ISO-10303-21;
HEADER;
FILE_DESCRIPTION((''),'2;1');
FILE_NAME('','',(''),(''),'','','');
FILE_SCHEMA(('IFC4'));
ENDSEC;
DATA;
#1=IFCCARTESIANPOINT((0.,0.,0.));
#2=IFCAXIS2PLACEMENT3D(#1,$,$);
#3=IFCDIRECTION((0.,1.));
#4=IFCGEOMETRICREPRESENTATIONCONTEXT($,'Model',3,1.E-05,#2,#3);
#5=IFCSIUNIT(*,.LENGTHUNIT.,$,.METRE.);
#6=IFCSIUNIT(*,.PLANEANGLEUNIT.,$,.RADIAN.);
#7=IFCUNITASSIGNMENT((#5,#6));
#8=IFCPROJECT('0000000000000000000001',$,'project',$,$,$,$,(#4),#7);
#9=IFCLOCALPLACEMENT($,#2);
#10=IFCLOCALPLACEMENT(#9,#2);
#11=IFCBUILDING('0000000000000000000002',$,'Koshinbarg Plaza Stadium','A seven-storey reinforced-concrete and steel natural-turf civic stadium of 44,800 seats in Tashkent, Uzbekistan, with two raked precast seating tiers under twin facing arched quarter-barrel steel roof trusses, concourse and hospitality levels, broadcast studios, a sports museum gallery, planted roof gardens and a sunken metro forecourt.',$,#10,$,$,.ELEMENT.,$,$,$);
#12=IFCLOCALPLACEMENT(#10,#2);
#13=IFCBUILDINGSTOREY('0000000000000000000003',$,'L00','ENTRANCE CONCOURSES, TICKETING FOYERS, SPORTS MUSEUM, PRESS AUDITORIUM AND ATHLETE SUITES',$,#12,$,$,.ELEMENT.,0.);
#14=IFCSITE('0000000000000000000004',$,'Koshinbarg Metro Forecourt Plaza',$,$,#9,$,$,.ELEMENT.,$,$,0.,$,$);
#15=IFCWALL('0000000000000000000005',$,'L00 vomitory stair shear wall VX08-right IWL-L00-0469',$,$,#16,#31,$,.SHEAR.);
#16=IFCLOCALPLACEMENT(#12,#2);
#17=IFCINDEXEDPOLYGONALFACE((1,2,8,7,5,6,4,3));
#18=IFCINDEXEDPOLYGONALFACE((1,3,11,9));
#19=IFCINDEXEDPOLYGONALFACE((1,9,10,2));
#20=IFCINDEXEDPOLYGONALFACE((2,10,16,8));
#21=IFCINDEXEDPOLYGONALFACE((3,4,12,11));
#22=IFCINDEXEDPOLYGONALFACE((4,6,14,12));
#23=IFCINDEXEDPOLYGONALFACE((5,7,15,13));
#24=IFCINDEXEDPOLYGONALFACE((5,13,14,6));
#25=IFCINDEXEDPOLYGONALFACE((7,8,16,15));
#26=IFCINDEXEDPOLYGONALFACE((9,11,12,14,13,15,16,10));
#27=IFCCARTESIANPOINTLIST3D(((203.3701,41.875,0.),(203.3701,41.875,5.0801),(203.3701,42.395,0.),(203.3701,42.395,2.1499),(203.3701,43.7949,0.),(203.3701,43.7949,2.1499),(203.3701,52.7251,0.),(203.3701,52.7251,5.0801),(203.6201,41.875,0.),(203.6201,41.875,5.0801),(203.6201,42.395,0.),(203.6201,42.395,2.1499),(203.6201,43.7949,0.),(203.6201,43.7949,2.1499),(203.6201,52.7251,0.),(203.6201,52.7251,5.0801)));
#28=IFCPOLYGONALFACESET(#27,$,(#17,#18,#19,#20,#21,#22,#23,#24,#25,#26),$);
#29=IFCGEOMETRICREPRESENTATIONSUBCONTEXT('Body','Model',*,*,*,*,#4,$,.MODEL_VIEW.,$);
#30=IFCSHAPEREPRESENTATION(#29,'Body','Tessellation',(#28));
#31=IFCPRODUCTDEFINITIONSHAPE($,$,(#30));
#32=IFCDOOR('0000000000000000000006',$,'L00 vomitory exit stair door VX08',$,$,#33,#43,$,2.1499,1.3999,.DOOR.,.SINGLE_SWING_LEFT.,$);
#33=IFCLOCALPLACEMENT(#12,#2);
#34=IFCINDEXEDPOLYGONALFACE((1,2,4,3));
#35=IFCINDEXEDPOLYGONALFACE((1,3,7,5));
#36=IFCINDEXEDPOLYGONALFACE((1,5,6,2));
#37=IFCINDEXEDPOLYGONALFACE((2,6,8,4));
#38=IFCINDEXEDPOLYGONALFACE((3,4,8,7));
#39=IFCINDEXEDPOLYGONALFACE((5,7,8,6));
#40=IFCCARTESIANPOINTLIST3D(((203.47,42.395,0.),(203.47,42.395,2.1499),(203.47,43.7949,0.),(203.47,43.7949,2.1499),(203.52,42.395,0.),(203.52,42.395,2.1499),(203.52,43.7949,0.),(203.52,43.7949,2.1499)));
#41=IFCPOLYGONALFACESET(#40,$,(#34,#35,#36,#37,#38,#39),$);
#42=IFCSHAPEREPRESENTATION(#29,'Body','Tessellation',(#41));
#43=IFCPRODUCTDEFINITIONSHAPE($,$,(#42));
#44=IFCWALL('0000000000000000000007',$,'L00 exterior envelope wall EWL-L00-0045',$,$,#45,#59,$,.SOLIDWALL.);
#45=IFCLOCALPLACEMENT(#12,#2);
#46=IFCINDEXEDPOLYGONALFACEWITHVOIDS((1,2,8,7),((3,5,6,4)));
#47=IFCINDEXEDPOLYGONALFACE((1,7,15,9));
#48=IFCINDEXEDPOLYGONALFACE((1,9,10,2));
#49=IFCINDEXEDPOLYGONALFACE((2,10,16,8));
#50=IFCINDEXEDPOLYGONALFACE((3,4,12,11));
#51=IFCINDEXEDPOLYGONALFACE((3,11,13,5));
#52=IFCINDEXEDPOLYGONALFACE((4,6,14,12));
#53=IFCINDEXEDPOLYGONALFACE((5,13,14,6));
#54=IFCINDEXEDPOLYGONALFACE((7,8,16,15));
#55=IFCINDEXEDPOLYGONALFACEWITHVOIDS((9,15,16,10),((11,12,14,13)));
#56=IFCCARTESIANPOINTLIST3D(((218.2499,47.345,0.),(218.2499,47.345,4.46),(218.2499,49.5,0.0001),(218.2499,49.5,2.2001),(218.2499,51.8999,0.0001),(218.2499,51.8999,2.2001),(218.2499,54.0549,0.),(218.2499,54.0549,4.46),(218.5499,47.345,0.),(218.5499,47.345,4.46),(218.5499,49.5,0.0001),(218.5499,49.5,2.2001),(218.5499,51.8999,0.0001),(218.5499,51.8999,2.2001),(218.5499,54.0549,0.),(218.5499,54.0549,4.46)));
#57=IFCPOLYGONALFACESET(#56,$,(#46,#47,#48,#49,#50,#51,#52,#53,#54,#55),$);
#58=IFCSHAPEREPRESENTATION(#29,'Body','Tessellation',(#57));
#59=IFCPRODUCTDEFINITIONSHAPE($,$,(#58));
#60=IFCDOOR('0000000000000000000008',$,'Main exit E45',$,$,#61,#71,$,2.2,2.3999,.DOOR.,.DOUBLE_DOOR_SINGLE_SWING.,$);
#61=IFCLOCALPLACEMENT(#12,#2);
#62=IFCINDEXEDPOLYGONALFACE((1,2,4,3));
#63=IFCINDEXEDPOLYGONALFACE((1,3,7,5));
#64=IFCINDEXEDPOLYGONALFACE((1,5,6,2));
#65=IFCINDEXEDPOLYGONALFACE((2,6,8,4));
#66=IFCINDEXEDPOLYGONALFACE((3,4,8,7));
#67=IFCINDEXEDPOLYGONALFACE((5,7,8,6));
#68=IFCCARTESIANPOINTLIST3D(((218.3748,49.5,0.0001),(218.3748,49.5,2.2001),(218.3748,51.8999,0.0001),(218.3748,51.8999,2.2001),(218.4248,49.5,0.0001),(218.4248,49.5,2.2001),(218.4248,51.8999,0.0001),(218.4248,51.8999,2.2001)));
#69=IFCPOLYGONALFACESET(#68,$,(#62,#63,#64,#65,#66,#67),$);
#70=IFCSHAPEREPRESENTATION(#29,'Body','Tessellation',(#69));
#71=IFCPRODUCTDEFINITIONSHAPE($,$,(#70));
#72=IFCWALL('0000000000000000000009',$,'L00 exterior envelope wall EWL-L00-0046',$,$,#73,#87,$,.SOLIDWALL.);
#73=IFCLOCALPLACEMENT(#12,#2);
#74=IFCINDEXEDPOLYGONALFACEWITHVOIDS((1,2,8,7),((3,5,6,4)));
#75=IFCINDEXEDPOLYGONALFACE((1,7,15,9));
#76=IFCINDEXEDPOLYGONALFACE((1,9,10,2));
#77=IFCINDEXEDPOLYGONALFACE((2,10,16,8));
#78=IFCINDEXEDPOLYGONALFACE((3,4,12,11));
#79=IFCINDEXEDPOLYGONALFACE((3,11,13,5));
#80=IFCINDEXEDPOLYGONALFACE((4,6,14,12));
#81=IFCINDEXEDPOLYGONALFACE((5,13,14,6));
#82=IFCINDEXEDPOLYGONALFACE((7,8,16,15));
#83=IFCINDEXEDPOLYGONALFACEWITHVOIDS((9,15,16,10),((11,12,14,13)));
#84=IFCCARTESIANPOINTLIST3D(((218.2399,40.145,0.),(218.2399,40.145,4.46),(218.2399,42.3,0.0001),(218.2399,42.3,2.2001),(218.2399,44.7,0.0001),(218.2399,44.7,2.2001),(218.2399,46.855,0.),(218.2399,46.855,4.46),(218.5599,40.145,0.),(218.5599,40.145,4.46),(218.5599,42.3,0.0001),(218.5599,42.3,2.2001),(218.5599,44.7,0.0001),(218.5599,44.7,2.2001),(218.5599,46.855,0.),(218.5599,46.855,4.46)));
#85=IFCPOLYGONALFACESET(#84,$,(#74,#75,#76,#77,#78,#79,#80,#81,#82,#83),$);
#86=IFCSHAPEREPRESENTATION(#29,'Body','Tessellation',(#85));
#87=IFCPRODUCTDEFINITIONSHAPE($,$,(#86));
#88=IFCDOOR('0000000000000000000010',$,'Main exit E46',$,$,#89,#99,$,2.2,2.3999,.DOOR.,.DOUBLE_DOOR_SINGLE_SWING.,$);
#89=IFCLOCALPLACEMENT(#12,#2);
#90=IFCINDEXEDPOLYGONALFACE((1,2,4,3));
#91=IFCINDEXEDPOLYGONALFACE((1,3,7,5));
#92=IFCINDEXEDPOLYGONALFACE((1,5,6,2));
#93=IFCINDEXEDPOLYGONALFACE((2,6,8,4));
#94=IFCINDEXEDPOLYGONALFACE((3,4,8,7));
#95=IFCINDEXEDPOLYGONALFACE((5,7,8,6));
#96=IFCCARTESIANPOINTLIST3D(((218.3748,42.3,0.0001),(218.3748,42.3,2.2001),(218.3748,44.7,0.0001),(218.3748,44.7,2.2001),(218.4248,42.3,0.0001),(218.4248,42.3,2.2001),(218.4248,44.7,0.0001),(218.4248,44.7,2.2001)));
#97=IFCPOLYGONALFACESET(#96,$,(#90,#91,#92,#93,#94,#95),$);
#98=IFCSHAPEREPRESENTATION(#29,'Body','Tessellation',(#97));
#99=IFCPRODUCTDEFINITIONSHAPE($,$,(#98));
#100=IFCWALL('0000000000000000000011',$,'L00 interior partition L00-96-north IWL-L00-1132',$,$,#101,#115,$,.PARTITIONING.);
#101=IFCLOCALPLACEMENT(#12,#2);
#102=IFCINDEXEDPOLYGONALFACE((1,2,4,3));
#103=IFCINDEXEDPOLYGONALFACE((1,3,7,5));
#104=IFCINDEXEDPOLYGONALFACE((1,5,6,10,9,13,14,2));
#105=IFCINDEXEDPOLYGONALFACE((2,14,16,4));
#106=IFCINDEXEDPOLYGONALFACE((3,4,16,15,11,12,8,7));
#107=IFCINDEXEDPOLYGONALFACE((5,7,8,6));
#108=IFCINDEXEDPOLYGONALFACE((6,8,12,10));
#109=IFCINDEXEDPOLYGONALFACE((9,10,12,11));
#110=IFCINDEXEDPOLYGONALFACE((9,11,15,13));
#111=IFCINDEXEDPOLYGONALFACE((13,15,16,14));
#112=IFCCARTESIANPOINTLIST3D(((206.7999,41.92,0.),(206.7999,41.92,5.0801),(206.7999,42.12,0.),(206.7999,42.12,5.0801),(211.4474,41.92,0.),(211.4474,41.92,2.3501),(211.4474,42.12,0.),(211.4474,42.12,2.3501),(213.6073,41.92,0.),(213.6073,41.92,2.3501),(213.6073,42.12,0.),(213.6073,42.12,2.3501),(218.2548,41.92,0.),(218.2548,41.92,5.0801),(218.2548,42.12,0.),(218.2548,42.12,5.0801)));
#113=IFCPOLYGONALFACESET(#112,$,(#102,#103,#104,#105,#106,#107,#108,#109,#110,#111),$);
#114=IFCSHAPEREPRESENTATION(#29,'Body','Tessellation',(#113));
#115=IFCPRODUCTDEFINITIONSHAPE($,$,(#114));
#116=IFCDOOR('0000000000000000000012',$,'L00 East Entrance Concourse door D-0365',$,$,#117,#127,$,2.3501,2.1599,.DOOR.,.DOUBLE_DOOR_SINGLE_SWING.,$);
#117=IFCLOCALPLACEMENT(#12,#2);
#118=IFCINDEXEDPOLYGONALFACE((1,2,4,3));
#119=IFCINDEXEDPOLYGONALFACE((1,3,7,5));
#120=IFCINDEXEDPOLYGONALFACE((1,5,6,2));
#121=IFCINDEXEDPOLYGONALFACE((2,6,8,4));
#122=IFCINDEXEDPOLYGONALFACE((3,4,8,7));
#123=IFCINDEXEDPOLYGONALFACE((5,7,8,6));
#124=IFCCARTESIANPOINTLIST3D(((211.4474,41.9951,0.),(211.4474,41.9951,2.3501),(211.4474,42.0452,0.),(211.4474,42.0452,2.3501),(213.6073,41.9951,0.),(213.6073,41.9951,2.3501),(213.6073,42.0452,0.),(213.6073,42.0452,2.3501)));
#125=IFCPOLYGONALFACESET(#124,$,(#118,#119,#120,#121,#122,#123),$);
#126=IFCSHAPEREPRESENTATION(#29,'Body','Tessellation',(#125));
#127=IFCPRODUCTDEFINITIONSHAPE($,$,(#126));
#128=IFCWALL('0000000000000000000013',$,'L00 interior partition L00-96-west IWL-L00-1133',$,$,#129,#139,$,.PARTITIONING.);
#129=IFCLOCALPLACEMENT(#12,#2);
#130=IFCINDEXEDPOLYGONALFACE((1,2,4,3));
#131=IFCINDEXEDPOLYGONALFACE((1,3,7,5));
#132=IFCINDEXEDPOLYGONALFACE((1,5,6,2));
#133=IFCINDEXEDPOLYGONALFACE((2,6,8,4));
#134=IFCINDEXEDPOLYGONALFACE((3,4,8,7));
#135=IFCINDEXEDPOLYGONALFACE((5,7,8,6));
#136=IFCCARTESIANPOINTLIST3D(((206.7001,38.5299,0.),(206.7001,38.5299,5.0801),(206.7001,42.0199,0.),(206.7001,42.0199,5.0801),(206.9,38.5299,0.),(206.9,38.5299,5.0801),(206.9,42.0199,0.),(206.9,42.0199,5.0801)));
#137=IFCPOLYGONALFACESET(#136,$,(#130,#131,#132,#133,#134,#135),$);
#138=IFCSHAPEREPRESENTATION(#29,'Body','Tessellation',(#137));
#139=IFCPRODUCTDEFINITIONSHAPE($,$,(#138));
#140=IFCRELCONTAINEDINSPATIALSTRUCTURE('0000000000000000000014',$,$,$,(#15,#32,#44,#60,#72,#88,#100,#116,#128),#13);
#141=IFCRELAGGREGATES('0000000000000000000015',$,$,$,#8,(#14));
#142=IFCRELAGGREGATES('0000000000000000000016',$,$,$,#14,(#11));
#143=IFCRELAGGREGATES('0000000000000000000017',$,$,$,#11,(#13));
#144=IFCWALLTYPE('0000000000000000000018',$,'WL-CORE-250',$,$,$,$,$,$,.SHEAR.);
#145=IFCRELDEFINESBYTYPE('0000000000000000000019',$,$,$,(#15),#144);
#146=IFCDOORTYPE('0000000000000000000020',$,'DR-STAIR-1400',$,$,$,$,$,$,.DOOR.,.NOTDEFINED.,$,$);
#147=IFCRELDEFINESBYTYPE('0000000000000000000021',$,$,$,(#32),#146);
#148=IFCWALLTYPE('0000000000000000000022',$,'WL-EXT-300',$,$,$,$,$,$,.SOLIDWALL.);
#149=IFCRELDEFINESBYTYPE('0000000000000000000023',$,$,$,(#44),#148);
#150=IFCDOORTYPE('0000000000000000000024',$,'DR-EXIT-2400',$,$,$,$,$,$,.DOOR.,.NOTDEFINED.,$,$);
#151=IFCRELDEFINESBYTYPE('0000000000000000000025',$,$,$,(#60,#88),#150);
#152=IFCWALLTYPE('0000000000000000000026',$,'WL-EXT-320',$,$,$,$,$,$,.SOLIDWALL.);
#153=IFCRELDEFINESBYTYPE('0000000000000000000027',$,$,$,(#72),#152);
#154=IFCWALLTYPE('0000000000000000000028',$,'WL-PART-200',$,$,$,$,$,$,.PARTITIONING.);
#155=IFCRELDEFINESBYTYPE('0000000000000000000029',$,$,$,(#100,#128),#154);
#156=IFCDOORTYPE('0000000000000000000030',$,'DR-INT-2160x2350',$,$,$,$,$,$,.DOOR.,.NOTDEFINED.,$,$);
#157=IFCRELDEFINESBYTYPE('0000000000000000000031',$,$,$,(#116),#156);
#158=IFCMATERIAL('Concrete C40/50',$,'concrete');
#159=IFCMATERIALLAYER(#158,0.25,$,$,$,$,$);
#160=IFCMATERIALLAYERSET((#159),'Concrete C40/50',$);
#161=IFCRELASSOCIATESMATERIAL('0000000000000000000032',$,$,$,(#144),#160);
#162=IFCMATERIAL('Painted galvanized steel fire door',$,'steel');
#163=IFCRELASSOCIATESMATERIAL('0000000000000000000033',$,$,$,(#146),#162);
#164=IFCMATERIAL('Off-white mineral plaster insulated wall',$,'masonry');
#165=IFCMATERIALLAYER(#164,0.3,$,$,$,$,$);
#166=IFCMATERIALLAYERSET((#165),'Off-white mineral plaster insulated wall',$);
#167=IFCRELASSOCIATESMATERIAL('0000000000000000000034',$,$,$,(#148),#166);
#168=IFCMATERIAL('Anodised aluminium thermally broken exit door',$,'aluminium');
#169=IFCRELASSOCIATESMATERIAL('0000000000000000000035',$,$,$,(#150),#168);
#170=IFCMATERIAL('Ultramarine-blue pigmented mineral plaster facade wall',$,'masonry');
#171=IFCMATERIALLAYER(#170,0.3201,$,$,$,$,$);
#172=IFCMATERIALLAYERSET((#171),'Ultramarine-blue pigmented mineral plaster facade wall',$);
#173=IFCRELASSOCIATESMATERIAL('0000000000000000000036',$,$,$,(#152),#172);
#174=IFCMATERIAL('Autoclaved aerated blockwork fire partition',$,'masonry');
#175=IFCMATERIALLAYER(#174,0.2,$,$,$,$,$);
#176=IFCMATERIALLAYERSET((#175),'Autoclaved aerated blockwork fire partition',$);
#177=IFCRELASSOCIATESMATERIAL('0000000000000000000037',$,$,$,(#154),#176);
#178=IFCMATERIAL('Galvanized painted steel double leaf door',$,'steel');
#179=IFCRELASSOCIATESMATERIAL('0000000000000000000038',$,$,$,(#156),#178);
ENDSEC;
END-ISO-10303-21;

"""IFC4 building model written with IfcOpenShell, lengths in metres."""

from ifc_helpers import new_model, si_unit, direction, frame, frame_2d, origin, place, context, subcontext, project, spatial, rectangle, extrude, material, layer, layer_set, type_object, element, fill, save


model = new_model("IFC4")

# Units and contexts
model_context = context("Model", 3, precision=1e-05, world=origin(), true_north=direction((0.0, 1.0)))
body_context = subcontext(model_context, "Body", "Model", "MODEL_VIEW")
ifc_project = project(units=[si_unit("LENGTHUNIT", "METRE"), si_unit("PLANEANGLEUNIT", "RADIAN")], contexts=[model_context])

# Site, building, storey
site_placement = place(None, origin())
site = spatial("IfcSite", under=ifc_project, at=site_placement, Name="Koshinbarg Metro Forecourt Plaza", CompositionType="ELEMENT", RefElevation=0.0)
building_placement = place(site_placement, origin())
building = spatial("IfcBuilding", under=site, at=building_placement, Name="Koshinbarg Plaza Stadium", Description="A seven-storey reinforced-concrete and steel natural-turf civic stadium of 44,800 seats in Tashkent, Uzbekistan, with two raked precast seating tiers under twin facing arched quarter-barrel steel roof trusses, concourse and hospitality levels, broadcast studios, a sports museum gallery, planted roof gardens and a sunken metro forecourt.", CompositionType="ELEMENT")
storey_placement = place(building_placement, origin())
storey = spatial("IfcBuildingStorey", under=building, at=storey_placement, Name="L00", Description="ENTRANCE CONCOURSES, TICKETING FOYERS, SPORTS MUSEUM, PRESS AUDITORIUM AND ATHLETE SUITES", CompositionType="ELEMENT", Elevation=0.0)

# Shared definitions
ifc_material_1 = material(Name="Concrete C40/50", Category="concrete")

# Shared definitions
ifc_layer_1 = layer(ifc_material_1, 0.25)
ifc_layer_set_1 = layer_set([ifc_layer_1], Name="Concrete C40/50")
wall_type_1 = type_object("IfcWallType", Name="WL-CORE-250", PredefinedType="SHEAR", material=ifc_layer_set_1)

# Walls, openings, doors
wall_1_placement = place(storey_placement, frame((203.4951, 41.875, 0.0), z_axis=(0.0, 0.0, 1.0), x_axis=(0.0, 1.0, 0.0)))
wall_1 = element("IfcWall", 1, at=wall_1_placement, inside=storey, type_object=wall_type_1, Name="L00 vomitory stair shear wall VX08-right IWL-L00-0469", PredefinedType="SHEAR", context=body_context, shape_type="SweptSolid", body=[
    extrude(rectangle(XDim=10.8501, YDim=0.25, at=frame_2d((5.425, 0.0))), origin(), (0.0, 0.0, 1.0), 5.0801),
])
opening_1_placement = place(wall_1_placement, frame((0.52, 0.0, 0.0)))
opening_1 = element("IfcOpeningElement", 2, at=opening_1_placement, cuts=wall_1, PredefinedType="OPENING", context=body_context, shape_type="SweptSolid", body=[
    extrude(rectangle(XDim=1.3999, YDim=2.1499, at=frame_2d((0.7, 1.075))), frame((0.0, 0.135, 0.0), z_axis=(0.0, -1.0, 0.0), x_axis=(1.0, 0.0, 0.0)), (0.0, 0.0, 1.0), 0.27),
])
ifc_material_2 = material(Name="Painted galvanized steel fire door", Category="steel")
door_type_1 = type_object("IfcDoorType", Name="DR-STAIR-1400", OperationType="NOTDEFINED", PredefinedType="DOOR", material=ifc_material_2)
door_1_placement = place(opening_1_placement, frame((1.3999, 0.0, 0.0), z_axis=(0.0, 0.0, 1.0), x_axis=(-1.0, 0.0, 0.0)))
door_1 = element("IfcDoor", 3, at=door_1_placement, inside=storey, type_object=door_type_1, Name="L00 vomitory exit stair door VX08", OperationType="SINGLE_SWING_LEFT", OverallHeight=2.1499, OverallWidth=1.3999, PredefinedType="DOOR", context=body_context, shape_type="SweptSolid", body=[
    extrude(rectangle(XDim=1.3999, YDim=2.1499, at=frame_2d((0.7, 1.075))), frame((0.0, 0.0249, 0.0), z_axis=(0.0, -1.0, 0.0), x_axis=(1.0, 0.0, 0.0)), (0.0, 0.0, 1.0), 0.05),
])
fill(opening_1, door_1)
ifc_material_3 = material(Name="Off-white mineral plaster insulated wall", Category="masonry")
ifc_layer_2 = layer(ifc_material_3, 0.3)
ifc_layer_set_2 = layer_set([ifc_layer_2], Name="Off-white mineral plaster insulated wall")
wall_type_2 = type_object("IfcWallType", Name="WL-EXT-300", PredefinedType="SOLIDWALL", material=ifc_layer_set_2)
wall_2_placement = place(storey_placement, frame((218.3999, 54.0549, 0.0), z_axis=(0.0, 0.0, 1.0), x_axis=(0.0, -1.0, 0.0)))
wall_2 = element("IfcWall", 4, at=wall_2_placement, inside=storey, type_object=wall_type_2, Name="L00 exterior envelope wall EWL-L00-0045", PredefinedType="SOLIDWALL", context=body_context, shape_type="SweptSolid", body=[
    extrude(rectangle(XDim=6.71, YDim=0.3, at=frame_2d((3.355, 0.0))), origin(), (0.0, 0.0, 1.0), 4.46),
])
opening_2_placement = place(wall_2_placement, frame((2.155, 0.0, 0.0)))
opening_2 = element("IfcOpeningElement", 5, at=opening_2_placement, cuts=wall_2, PredefinedType="OPENING", context=body_context, shape_type="SweptSolid", body=[
    extrude(rectangle(XDim=2.3999, YDim=2.2, at=frame_2d((1.2, 1.1001))), frame((0.0, 0.1599, 0.0), z_axis=(0.0, -1.0, 0.0), x_axis=(1.0, 0.0, 0.0)), (0.0, 0.0, 1.0), 0.3201),
])
ifc_material_4 = material(Name="Anodised aluminium thermally broken exit door", Category="aluminium")
door_type_2 = type_object("IfcDoorType", Name="DR-EXIT-2400", OperationType="NOTDEFINED", PredefinedType="DOOR", material=ifc_material_4)
door_2_placement = place(opening_2_placement, origin())
door_2 = element("IfcDoor", 6, at=door_2_placement, inside=storey, type_object=door_type_2, Name="Main exit E45", OperationType="DOUBLE_DOOR_SINGLE_SWING", OverallHeight=2.2, OverallWidth=2.3999, PredefinedType="DOOR", context=body_context, shape_type="SweptSolid", body=[
    extrude(rectangle(XDim=2.3999, YDim=2.2, at=frame_2d((1.2, 1.1001))), frame((0.0, 0.0249, 0.0), z_axis=(0.0, -1.0, 0.0), x_axis=(1.0, 0.0, 0.0)), (0.0, 0.0, 1.0), 0.05),
])
fill(opening_2, door_2)
ifc_material_5 = material(Name="Ultramarine-blue pigmented mineral plaster facade wall", Category="masonry")
ifc_layer_3 = layer(ifc_material_5, 0.3201)
ifc_layer_set_3 = layer_set([ifc_layer_3], Name="Ultramarine-blue pigmented mineral plaster facade wall")
wall_type_3 = type_object("IfcWallType", Name="WL-EXT-320", PredefinedType="SOLIDWALL", material=ifc_layer_set_3)
wall_3_placement = place(storey_placement, frame((218.3999, 46.855, 0.0), z_axis=(0.0, 0.0, 1.0), x_axis=(0.0, -1.0, 0.0)))
wall_3 = element("IfcWall", 7, at=wall_3_placement, inside=storey, type_object=wall_type_3, Name="L00 exterior envelope wall EWL-L00-0046", PredefinedType="SOLIDWALL", context=body_context, shape_type="SweptSolid", body=[
    extrude(rectangle(XDim=6.71, YDim=0.3201, at=frame_2d((3.355, 0.0))), origin(), (0.0, 0.0, 1.0), 4.46),
])
opening_3_placement = place(wall_3_placement, frame((2.155, 0.0, 0.0)))
opening_3 = element("IfcOpeningElement", 8, at=opening_3_placement, cuts=wall_3, PredefinedType="OPENING", context=body_context, shape_type="SweptSolid", body=[
    extrude(rectangle(XDim=2.3999, YDim=2.2, at=frame_2d((1.2, 1.1001))), frame((0.0, 0.1699, 0.0), z_axis=(0.0, -1.0, 0.0), x_axis=(1.0, 0.0, 0.0)), (0.0, 0.0, 1.0), 0.3401),
])
door_3_placement = place(opening_3_placement, origin())
door_3 = element("IfcDoor", 9, at=door_3_placement, inside=storey, type_object=door_type_2, Name="Main exit E46", OperationType="DOUBLE_DOOR_SINGLE_SWING", OverallHeight=2.2, OverallWidth=2.3999, PredefinedType="DOOR", context=body_context, shape_type="SweptSolid", body=[
    extrude(rectangle(XDim=2.3999, YDim=2.2, at=frame_2d((1.2, 1.1001))), frame((0.0, 0.0249, 0.0), z_axis=(0.0, -1.0, 0.0), x_axis=(1.0, 0.0, 0.0)), (0.0, 0.0, 1.0), 0.05),
])
fill(opening_3, door_3)
ifc_material_6 = material(Name="Autoclaved aerated blockwork fire partition", Category="masonry")
ifc_layer_4 = layer(ifc_material_6, 0.2)
ifc_layer_set_4 = layer_set([ifc_layer_4], Name="Autoclaved aerated blockwork fire partition")
wall_type_4 = type_object("IfcWallType", Name="WL-PART-200", PredefinedType="PARTITIONING", material=ifc_layer_set_4)
wall_4_placement = place(storey_placement, frame((218.2549, 42.02, 0.0), z_axis=(0.0, 0.0, 1.0), x_axis=(-1.0, 0.0, 0.0)))
wall_4 = element("IfcWall", 10, at=wall_4_placement, inside=storey, type_object=wall_type_4, Name="L00 interior partition L00-96-north IWL-L00-1132", PredefinedType="PARTITIONING", context=body_context, shape_type="SweptSolid", body=[
    extrude(rectangle(XDim=11.4548, YDim=0.2, at=frame_2d((5.7275, 0.0))), origin(), (0.0, 0.0, 1.0), 5.0801),
])
opening_4_placement = place(wall_4_placement, frame((4.6475, 0.0, 0.0)))
opening_4 = element("IfcOpeningElement", 11, at=opening_4_placement, cuts=wall_4, PredefinedType="OPENING", context=body_context, shape_type="SweptSolid", body=[
    extrude(rectangle(XDim=2.1599, YDim=2.3501, at=frame_2d((1.0801, 1.175))), frame((0.0, 0.1099, 0.0), z_axis=(0.0, -1.0, 0.0), x_axis=(1.0, 0.0, 0.0)), (0.0, 0.0, 1.0), 0.22),
])
ifc_material_7 = material(Name="Galvanized painted steel double leaf door", Category="steel")
door_type_3 = type_object("IfcDoorType", Name="DR-INT-2160x2350", OperationType="NOTDEFINED", PredefinedType="DOOR", material=ifc_material_7)
door_4_placement = place(opening_4_placement, origin())
door_4 = element("IfcDoor", 12, at=door_4_placement, inside=storey, type_object=door_type_3, Name="L00 East Entrance Concourse door D-0365", OperationType="DOUBLE_DOOR_SINGLE_SWING", OverallHeight=2.3501, OverallWidth=2.1599, PredefinedType="DOOR", context=body_context, shape_type="SweptSolid", body=[
    extrude(rectangle(XDim=2.1599, YDim=2.3501, at=frame_2d((1.0801, 1.175))), frame((0.0, 0.0249, 0.0), z_axis=(0.0, -1.0, 0.0), x_axis=(1.0, 0.0, 0.0)), (0.0, 0.0, 1.0), 0.05),
])
fill(opening_4, door_4)

# Wall
wall_5_placement = place(storey_placement, frame((206.8, 42.02, 0.0), z_axis=(0.0, 0.0, 1.0), x_axis=(0.0, -1.0, 0.0)))
element("IfcWall", 13, at=wall_5_placement, inside=storey, type_object=wall_type_4, Name="L00 interior partition L00-96-west IWL-L00-1133", PredefinedType="PARTITIONING", context=body_context, shape_type="SweptSolid", body=[
    extrude(rectangle(XDim=3.49, YDim=0.2, at=frame_2d((1.7451, 0.0))), origin(), (0.0, 0.0, 1.0), 5.0801),
])

save(model, "model.ifc")
